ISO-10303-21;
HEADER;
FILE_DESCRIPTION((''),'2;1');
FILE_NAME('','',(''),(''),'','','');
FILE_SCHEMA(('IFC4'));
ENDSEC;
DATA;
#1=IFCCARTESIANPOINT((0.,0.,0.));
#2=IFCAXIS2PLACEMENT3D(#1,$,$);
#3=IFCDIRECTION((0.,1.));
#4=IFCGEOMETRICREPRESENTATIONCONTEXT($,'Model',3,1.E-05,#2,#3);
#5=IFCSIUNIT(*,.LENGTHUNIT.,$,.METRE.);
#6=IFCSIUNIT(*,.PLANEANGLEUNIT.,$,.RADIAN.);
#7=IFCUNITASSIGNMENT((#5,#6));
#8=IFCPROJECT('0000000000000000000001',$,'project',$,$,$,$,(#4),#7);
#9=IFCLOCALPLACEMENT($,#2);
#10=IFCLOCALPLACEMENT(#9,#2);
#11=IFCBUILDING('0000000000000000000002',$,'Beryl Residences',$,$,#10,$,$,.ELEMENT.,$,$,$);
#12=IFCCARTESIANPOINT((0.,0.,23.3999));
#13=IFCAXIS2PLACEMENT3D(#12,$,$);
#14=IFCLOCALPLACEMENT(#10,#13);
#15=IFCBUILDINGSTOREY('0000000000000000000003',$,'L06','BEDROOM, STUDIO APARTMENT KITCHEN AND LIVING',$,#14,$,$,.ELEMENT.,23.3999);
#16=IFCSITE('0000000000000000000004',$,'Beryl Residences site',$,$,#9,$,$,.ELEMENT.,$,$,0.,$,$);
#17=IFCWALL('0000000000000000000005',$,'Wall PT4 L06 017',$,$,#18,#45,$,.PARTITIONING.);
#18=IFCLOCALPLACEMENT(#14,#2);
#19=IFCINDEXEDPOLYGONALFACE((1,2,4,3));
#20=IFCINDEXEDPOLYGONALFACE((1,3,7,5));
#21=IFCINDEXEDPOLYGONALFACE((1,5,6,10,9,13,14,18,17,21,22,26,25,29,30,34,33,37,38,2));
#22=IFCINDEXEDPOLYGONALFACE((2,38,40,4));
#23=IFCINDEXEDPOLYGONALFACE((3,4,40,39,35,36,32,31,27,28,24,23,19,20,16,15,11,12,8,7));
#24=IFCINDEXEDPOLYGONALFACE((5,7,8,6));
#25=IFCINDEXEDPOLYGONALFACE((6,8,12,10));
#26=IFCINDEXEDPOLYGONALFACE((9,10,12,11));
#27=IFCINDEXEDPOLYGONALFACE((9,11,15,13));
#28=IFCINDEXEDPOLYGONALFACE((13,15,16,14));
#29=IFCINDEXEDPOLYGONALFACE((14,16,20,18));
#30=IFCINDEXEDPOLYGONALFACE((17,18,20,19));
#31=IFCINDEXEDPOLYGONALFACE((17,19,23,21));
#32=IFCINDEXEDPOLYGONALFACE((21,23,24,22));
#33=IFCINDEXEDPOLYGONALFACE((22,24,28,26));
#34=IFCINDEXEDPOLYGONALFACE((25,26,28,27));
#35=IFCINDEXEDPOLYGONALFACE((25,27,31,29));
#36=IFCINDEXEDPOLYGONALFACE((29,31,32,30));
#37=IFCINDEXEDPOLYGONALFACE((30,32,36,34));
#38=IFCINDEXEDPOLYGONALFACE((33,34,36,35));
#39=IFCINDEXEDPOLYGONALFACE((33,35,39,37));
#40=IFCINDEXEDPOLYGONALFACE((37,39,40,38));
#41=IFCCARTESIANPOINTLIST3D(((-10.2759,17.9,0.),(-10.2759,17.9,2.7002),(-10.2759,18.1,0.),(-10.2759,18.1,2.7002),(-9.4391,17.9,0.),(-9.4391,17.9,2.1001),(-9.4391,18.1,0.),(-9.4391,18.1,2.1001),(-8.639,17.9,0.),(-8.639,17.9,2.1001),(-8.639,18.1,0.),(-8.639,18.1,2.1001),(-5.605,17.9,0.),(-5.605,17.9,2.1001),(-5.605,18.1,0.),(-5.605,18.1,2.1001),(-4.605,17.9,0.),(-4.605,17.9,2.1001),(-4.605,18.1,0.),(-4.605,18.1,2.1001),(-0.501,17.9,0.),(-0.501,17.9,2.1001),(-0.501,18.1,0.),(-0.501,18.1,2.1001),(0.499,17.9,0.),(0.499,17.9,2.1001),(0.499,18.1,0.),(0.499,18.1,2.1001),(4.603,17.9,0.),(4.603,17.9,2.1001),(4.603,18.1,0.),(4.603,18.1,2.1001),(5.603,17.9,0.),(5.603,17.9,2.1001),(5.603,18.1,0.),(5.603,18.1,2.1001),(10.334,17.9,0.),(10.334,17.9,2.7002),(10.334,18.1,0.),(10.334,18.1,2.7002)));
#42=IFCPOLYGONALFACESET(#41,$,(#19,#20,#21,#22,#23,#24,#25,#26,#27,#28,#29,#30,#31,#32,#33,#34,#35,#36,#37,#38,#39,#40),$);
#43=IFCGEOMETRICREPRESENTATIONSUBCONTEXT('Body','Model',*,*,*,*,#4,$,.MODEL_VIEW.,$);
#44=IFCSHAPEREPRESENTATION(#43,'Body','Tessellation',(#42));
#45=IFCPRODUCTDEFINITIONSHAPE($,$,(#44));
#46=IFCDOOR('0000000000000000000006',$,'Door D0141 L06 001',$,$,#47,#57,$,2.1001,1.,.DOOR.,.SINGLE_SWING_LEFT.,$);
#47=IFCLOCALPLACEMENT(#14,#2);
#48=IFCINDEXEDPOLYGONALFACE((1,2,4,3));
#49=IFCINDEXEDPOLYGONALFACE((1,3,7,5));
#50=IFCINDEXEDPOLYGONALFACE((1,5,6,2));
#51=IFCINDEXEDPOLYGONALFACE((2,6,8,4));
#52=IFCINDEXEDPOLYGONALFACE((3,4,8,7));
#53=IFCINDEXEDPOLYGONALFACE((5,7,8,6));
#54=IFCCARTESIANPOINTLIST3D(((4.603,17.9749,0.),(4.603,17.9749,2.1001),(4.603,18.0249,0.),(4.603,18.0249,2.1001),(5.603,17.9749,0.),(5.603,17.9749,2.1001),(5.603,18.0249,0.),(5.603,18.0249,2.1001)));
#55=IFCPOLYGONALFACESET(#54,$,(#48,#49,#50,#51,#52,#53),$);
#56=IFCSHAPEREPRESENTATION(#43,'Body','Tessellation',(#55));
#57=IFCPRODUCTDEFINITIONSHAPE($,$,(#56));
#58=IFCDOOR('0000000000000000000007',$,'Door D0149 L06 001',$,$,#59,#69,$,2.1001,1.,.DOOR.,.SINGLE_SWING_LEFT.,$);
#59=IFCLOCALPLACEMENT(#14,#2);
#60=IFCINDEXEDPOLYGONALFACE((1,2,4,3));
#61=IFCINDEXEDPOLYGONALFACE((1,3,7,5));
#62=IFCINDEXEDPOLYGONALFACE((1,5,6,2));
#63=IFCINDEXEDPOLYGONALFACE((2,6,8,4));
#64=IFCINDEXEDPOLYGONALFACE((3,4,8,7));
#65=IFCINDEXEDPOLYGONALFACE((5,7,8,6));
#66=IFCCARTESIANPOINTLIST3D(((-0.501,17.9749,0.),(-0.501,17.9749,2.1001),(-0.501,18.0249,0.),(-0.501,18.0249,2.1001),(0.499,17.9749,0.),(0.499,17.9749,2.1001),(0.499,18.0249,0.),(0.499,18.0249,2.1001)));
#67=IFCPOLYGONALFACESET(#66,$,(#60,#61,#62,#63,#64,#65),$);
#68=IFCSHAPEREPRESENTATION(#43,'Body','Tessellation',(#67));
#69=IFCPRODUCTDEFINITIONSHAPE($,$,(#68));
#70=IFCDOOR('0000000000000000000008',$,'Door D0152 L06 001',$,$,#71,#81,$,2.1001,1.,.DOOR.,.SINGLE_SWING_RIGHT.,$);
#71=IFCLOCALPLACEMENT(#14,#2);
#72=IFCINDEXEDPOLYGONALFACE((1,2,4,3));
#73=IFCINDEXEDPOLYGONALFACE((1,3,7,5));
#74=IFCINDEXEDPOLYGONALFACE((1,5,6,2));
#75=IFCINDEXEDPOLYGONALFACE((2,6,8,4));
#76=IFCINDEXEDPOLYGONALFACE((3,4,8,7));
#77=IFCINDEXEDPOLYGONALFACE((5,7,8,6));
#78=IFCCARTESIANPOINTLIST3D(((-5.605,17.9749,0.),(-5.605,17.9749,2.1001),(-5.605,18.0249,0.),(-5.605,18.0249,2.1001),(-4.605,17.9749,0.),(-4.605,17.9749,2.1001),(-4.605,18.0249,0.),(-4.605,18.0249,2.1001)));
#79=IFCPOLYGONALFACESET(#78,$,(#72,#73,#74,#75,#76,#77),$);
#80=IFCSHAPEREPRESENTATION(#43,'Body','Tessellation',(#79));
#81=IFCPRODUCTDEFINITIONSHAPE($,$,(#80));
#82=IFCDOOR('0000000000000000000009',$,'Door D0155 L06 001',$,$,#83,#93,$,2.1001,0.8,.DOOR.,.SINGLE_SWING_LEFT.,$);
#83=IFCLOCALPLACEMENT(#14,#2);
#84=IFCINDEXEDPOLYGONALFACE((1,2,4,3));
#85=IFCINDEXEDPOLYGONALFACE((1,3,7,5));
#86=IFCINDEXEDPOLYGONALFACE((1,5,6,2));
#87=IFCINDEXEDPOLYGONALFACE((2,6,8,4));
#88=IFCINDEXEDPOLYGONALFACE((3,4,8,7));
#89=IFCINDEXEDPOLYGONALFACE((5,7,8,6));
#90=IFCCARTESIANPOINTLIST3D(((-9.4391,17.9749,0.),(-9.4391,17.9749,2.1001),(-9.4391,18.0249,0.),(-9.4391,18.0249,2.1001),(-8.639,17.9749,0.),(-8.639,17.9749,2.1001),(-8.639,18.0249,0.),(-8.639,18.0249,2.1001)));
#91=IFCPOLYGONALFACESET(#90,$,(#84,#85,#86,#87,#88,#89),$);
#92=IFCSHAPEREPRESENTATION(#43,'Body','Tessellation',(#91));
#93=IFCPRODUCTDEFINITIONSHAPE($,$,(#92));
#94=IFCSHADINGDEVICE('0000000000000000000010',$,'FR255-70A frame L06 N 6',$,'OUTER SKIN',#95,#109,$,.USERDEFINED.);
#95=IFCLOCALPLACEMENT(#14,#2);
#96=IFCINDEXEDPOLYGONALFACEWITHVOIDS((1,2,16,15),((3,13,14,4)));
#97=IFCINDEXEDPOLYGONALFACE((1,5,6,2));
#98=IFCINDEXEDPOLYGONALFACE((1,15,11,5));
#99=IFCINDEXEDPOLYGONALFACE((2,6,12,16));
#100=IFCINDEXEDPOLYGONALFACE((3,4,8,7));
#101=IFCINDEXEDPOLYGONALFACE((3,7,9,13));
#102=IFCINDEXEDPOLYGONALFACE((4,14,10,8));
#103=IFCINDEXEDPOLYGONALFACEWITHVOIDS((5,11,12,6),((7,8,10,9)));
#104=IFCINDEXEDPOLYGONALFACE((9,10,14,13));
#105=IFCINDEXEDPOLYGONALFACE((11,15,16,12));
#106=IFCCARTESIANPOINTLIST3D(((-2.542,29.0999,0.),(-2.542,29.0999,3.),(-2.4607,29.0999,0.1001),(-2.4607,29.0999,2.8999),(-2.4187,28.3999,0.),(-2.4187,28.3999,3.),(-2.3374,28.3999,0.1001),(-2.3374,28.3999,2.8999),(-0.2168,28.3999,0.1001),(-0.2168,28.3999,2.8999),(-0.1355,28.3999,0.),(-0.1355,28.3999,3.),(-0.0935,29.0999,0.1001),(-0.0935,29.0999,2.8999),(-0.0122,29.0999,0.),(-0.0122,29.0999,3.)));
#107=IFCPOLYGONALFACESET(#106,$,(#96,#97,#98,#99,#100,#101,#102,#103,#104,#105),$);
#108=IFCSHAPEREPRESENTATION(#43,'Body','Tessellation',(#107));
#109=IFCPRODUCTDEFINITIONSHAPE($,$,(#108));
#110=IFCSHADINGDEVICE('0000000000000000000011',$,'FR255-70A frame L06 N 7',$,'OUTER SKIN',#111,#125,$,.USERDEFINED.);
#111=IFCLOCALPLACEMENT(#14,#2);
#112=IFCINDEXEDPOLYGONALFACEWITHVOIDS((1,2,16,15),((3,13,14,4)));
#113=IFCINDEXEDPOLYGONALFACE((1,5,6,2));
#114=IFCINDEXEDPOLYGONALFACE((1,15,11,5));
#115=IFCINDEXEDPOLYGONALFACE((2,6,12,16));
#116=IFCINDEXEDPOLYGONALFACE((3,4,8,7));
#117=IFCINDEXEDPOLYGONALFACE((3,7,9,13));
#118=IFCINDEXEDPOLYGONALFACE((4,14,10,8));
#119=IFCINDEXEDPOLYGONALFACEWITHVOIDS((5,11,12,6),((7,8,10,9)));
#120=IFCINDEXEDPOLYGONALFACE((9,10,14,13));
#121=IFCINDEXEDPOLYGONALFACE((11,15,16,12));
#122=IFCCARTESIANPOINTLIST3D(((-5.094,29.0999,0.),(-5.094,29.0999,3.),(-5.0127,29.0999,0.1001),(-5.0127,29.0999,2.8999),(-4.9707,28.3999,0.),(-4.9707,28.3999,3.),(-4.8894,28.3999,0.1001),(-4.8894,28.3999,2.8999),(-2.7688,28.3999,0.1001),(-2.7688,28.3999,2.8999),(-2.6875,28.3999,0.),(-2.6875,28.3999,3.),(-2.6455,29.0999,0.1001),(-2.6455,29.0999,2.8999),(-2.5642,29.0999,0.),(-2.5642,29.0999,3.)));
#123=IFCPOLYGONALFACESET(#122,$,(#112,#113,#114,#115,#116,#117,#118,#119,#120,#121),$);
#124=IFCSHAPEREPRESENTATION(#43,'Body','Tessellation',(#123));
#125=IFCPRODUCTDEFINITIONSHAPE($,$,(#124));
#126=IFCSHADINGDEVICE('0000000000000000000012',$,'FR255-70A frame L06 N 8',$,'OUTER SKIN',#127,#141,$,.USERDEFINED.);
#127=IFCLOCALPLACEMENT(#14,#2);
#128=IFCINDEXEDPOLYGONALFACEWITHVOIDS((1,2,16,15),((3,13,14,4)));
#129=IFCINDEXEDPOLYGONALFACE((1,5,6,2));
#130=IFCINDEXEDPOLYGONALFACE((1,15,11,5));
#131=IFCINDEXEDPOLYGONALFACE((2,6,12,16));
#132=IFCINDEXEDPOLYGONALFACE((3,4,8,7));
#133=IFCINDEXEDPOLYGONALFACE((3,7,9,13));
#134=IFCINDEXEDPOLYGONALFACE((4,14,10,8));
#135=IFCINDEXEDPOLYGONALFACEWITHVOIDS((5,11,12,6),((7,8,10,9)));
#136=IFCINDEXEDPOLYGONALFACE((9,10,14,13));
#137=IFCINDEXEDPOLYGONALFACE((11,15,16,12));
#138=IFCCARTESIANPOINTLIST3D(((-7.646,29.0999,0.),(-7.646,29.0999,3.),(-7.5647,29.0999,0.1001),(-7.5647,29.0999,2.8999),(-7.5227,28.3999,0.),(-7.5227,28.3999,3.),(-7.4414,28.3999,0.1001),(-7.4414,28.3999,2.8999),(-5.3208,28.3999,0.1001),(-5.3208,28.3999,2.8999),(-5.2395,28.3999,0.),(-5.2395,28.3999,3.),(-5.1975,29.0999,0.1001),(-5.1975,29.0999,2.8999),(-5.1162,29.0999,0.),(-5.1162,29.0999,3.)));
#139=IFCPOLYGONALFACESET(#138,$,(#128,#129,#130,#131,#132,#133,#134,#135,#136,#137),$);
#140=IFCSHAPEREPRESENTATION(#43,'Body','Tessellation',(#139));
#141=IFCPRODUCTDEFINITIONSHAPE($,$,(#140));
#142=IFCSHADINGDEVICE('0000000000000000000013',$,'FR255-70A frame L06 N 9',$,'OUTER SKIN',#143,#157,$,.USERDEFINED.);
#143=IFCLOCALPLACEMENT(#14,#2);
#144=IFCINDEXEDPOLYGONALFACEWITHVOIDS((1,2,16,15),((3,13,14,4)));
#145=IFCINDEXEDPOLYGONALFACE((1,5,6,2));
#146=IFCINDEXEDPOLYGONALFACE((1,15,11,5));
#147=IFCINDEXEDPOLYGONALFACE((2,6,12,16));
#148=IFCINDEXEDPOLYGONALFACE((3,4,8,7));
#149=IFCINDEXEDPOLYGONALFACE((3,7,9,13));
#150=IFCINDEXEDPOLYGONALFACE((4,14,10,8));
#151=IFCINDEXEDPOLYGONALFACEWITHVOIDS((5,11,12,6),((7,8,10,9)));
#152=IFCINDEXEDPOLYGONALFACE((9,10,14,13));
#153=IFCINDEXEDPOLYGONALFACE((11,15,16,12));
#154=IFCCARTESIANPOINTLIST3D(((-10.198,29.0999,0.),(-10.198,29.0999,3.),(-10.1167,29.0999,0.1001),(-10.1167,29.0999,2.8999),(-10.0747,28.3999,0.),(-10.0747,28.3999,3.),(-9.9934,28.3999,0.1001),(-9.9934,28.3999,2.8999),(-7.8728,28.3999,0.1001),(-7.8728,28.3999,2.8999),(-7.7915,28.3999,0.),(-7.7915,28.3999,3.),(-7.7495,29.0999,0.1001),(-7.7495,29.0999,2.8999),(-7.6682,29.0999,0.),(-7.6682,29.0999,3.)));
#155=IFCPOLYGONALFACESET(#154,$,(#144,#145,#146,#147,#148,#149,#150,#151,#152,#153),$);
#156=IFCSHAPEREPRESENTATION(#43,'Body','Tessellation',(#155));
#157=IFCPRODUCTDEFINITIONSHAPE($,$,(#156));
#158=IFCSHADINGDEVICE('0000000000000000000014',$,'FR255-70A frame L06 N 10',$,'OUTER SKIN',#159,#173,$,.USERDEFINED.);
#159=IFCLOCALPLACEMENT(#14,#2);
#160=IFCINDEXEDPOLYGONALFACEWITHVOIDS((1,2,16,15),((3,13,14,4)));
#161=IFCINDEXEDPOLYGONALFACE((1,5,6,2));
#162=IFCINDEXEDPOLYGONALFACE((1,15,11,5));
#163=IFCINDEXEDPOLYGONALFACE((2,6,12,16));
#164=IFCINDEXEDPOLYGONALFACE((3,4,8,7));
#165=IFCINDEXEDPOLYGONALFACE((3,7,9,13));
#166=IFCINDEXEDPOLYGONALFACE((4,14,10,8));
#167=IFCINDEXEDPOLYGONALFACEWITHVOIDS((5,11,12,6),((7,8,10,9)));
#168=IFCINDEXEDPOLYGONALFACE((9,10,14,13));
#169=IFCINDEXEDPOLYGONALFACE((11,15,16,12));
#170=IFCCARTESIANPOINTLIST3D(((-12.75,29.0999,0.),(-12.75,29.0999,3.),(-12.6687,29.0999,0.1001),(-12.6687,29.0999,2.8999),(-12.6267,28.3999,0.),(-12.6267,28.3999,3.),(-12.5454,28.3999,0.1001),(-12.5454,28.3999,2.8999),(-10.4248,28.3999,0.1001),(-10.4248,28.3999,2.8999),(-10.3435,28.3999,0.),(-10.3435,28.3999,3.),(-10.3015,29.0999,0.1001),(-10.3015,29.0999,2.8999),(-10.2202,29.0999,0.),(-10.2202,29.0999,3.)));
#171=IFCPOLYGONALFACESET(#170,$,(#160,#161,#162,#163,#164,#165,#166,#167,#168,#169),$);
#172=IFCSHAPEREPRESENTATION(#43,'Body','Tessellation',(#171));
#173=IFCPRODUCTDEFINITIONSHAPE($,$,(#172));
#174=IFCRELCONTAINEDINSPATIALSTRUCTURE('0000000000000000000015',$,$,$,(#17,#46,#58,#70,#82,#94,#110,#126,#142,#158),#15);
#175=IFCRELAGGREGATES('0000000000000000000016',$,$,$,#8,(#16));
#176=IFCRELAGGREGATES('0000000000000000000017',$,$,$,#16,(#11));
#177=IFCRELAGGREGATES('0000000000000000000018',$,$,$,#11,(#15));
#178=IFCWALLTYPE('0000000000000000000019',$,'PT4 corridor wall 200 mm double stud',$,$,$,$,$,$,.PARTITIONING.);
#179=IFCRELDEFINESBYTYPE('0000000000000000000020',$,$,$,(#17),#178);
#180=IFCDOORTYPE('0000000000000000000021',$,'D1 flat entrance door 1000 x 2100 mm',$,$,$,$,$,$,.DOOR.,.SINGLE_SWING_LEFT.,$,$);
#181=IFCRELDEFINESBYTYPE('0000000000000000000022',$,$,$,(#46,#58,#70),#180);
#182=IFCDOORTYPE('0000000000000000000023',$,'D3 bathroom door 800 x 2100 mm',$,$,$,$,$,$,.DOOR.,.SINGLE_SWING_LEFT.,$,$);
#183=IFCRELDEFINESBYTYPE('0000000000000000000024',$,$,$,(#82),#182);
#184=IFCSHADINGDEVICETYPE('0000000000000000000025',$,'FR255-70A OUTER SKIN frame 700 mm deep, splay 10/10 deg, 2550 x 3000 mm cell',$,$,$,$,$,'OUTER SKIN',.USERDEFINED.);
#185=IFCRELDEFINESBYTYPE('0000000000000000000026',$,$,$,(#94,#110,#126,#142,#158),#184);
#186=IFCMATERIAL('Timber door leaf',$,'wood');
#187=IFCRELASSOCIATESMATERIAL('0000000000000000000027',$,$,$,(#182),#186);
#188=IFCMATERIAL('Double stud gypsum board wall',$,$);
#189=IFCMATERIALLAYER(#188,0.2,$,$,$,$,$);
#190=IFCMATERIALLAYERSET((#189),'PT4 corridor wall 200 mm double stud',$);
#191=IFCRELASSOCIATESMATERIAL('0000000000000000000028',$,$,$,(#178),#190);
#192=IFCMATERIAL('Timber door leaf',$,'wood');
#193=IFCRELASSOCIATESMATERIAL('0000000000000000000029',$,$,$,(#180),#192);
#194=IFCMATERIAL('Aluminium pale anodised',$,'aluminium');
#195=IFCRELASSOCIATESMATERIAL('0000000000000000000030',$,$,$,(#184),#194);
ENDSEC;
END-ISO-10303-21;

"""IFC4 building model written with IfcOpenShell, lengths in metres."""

from ifc_helpers import new_model, entity, si_unit, direction, frame, frame_2d, origin, place, context, subcontext, project, spatial, rectangle, extrude, source, transform, mapped, material, layer, layer_set, type_object, type_shapes, element, fill, save


model = new_model("IFC4")

# Units and contexts
model_context = context("Model", 3, precision=1e-05, world=origin(), true_north=direction((0.0, 1.0)))
body_context = subcontext(model_context, "Body", "Model", "MODEL_VIEW")
ifc_project = project(units=[si_unit("LENGTHUNIT", "METRE"), si_unit("PLANEANGLEUNIT", "RADIAN")], contexts=[model_context])

# Site, building, storey
site_placement = place(None, origin())
site = spatial("IfcSite", under=ifc_project, at=site_placement, Name="Beryl Residences site", CompositionType="ELEMENT", RefElevation=0.0)
building_placement = place(site_placement, origin())
building = spatial("IfcBuilding", under=site, at=building_placement, Name="Beryl Residences", CompositionType="ELEMENT")
storey_placement = place(building_placement, frame((0.0, 0.0, 23.3999)))
storey = spatial("IfcBuildingStorey", under=building, at=storey_placement, Name="L06", Description="BEDROOM, STUDIO APARTMENT KITCHEN AND LIVING", CompositionType="ELEMENT", Elevation=23.3999)

# Shared definitions
ifc_material_1 = material(Name="Timber door leaf", Category="wood")
door_type_1 = type_object("IfcDoorType", Name="D3 bathroom door 800 x 2100 mm", OperationType="SINGLE_SWING_LEFT", PredefinedType="DOOR", material=ifc_material_1)

# Shared definitions
ifc_material_2 = material(Name="Double stud gypsum board wall")
ifc_layer_1 = layer(ifc_material_2, 0.2)
ifc_layer_set_1 = layer_set([ifc_layer_1], Name="PT4 corridor wall 200 mm double stud")
wall_type_1 = type_object("IfcWallType", Name="PT4 corridor wall 200 mm double stud", PredefinedType="PARTITIONING", material=ifc_layer_set_1)

# Wall, openings, doors
wall_1_placement = place(storey_placement, frame((-10.2759, 18.0, 0.0), z_axis=(0.0, 0.0, 1.0), x_axis=(1.0, 0.0, 0.0)))
wall_1 = element("IfcWall", 1, at=wall_1_placement, inside=storey, type_object=wall_type_1, Name="Wall PT4 L06 017", PredefinedType="PARTITIONING", context=body_context, shape_type="SweptSolid", body=[
    extrude(rectangle(XDim=20.6099, YDim=0.2, at=frame_2d((10.3049, 0.0))), origin(), (0.0, 0.0, 1.0), 2.7002),
])
opening_1_placement = place(wall_1_placement, frame((14.8789, 0.0, 0.0)))
opening_1 = element("IfcOpeningElement", 2, at=opening_1_placement, cuts=wall_1, PredefinedType="OPENING", context=body_context, shape_type="SweptSolid", body=[
    extrude(rectangle(XDim=1.0, YDim=2.1001, at=frame_2d((0.5, 1.05))), frame((0.0, 0.1099, 0.0), z_axis=(0.0, -1.0, 0.0), x_axis=(1.0, 0.0, 0.0)), (0.0, 0.0, 1.0), 0.22),
])
opening_2_placement = place(wall_1_placement, frame((9.7749, 0.0, 0.0)))
opening_2 = element("IfcOpeningElement", 3, at=opening_2_placement, cuts=wall_1, PredefinedType="OPENING", context=body_context, shape_type="SweptSolid", body=[
    extrude(rectangle(XDim=1.0, YDim=2.1001, at=frame_2d((0.5, 1.05))), frame((0.0, 0.1099, 0.0), z_axis=(0.0, -1.0, 0.0), x_axis=(1.0, 0.0, 0.0)), (0.0, 0.0, 1.0), 0.22),
])
opening_3_placement = place(wall_1_placement, frame((4.6709, 0.0, 0.0)))
opening_3 = element("IfcOpeningElement", 4, at=opening_3_placement, cuts=wall_1, PredefinedType="OPENING", context=body_context, shape_type="SweptSolid", body=[
    extrude(rectangle(XDim=1.0, YDim=2.1001, at=frame_2d((0.5, 1.05))), frame((0.0, 0.1099, 0.0), z_axis=(0.0, -1.0, 0.0), x_axis=(1.0, 0.0, 0.0)), (0.0, 0.0, 1.0), 0.22),
])
opening_4_placement = place(wall_1_placement, frame((0.8369, 0.0, 0.0)))
opening_4 = element("IfcOpeningElement", 5, at=opening_4_placement, cuts=wall_1, PredefinedType="OPENING", context=body_context, shape_type="SweptSolid", body=[
    extrude(rectangle(XDim=0.8, YDim=2.1001, at=frame_2d((0.3999, 1.05))), frame((0.0, 0.1099, 0.0), z_axis=(0.0, -1.0, 0.0), x_axis=(1.0, 0.0, 0.0)), (0.0, 0.0, 1.0), 0.22),
])
ifc_material_3 = material(Name="Timber door leaf", Category="wood")
door_type_2 = type_object("IfcDoorType", Name="D1 flat entrance door 1000 x 2100 mm", OperationType="SINGLE_SWING_LEFT", PredefinedType="DOOR", material=ifc_material_3)
door_1_placement = place(opening_1_placement, origin())
door_1 = element("IfcDoor", 6, at=door_1_placement, inside=storey, type_object=door_type_2, Name="Door D0141 L06 001", OperationType="SINGLE_SWING_LEFT", OverallHeight=2.1001, OverallWidth=1.0, PredefinedType="DOOR", context=body_context, shape_type="SweptSolid", body=[
    extrude(rectangle(XDim=1.0, YDim=2.1001, at=frame_2d((0.5, 1.05))), frame((0.0, 0.0249, 0.0), z_axis=(0.0, -1.0, 0.0), x_axis=(1.0, 0.0, 0.0)), (0.0, 0.0, 1.0), 0.05),
])
fill(opening_1, door_1)
door_2_placement = place(opening_2_placement, origin())
door_2 = element("IfcDoor", 7, at=door_2_placement, inside=storey, type_object=door_type_2, Name="Door D0149 L06 001", OperationType="SINGLE_SWING_LEFT", OverallHeight=2.1001, OverallWidth=1.0, PredefinedType="DOOR", context=body_context, shape_type="SweptSolid", body=[
    extrude(rectangle(XDim=1.0, YDim=2.1001, at=frame_2d((0.5, 1.05))), frame((0.0, 0.0249, 0.0), z_axis=(0.0, -1.0, 0.0), x_axis=(1.0, 0.0, 0.0)), (0.0, 0.0, 1.0), 0.05),
])
fill(opening_2, door_2)
door_3_placement = place(opening_3_placement, origin())
door_3 = element("IfcDoor", 8, at=door_3_placement, inside=storey, type_object=door_type_2, Name="Door D0152 L06 001", OperationType="SINGLE_SWING_RIGHT", OverallHeight=2.1001, OverallWidth=1.0, PredefinedType="DOOR", context=body_context, shape_type="SweptSolid", body=[
    extrude(rectangle(XDim=1.0, YDim=2.1001, at=frame_2d((0.5, 1.05))), frame((0.0, 0.0249, 0.0), z_axis=(0.0, -1.0, 0.0), x_axis=(1.0, 0.0, 0.0)), (0.0, 0.0, 1.0), 0.05),
])
fill(opening_3, door_3)
door_4_placement = place(opening_4_placement, origin())
door_4 = element("IfcDoor", 9, at=door_4_placement, inside=storey, type_object=door_type_1, Name="Door D0155 L06 001", OperationType="SINGLE_SWING_LEFT", OverallHeight=2.1001, OverallWidth=0.8, PredefinedType="DOOR", context=body_context, shape_type="SweptSolid", body=[
    extrude(rectangle(XDim=0.8, YDim=2.1001, at=frame_2d((0.3999, 1.05))), frame((0.0, 0.0249, 0.0), z_axis=(0.0, -1.0, 0.0), x_axis=(1.0, 0.0, 0.0)), (0.0, 0.0, 1.0), 0.05),
])
fill(opening_4, door_4)

# Shading devices
ifc_material_4 = material(Name="Aluminium pale anodised", Category="aluminium")
shading_device_type = type_object("IfcShadingDeviceType", Name="FR255-70A OUTER SKIN frame 700 mm deep, splay 10/10 deg, 2550 x 3000 mm cell", ElementType="OUTER SKIN", PredefinedType="USERDEFINED", material=ifc_material_4)
cartesian_point_1 = entity("IfcCartesianPoint", [-1.1416, 0.0])
cartesian_point_2 = entity("IfcCartesianPoint", [-1.0603, 0.1001])
cartesian_point_3 = entity("IfcCartesianPoint", [-1.2649, 0.0])
cartesian_point_4 = entity("IfcCartesianPoint", [-1.1836, 0.1001])
shared_shape_1 = source(origin(), body_context, "Body", "SweptSolid", [
    entity("IfcExtrudedAreaSolidTapered", entity("IfcArbitraryProfileDefWithVoids", "AREA", None, entity("IfcPolyline", [cartesian_point_1, entity("IfcCartesianPoint", [1.1416, 0.0]), entity("IfcCartesianPoint", [1.1416, 3.0]), entity("IfcCartesianPoint", [-1.1416, 3.0]), cartesian_point_1]), [entity("IfcPolyline", [cartesian_point_2, entity("IfcCartesianPoint", [1.0603, 0.1001]), entity("IfcCartesianPoint", [1.0603, 2.8999]), entity("IfcCartesianPoint", [-1.0603, 2.8999]), cartesian_point_2])]), entity("IfcAxis2Placement3D", entity("IfcCartesianPoint", [0.0, 0.0, 0.0]), entity("IfcDirection", [0.0, 1.0, 0.0]), entity("IfcDirection", [-1.0, 0.0, 0.0])), entity("IfcDirection", [0.0, 0.0, 1.0]), 0.7, entity("IfcArbitraryProfileDefWithVoids", "AREA", None, entity("IfcPolyline", [cartesian_point_3, entity("IfcCartesianPoint", [1.2649, 0.0]), entity("IfcCartesianPoint", [1.2649, 3.0]), entity("IfcCartesianPoint", [-1.2649, 3.0]), cartesian_point_3]), [entity("IfcPolyline", [cartesian_point_4, entity("IfcCartesianPoint", [1.1836, 0.1001]), entity("IfcCartesianPoint", [1.1836, 2.8999]), entity("IfcCartesianPoint", [-1.1836, 2.8999]), cartesian_point_4])])),
])
type_shapes(shading_device_type, [shared_shape_1])
for number, where, z_axis, x_axis, name in (
    (10, (-1.2771, 28.3999, 0.0), (0.0, 0.0, 1.0), (1.0, 0.0, 0.0), "FR255-70A frame L06 N 6"),
    (11, (-3.8291, 28.3999, 0.0), (0.0, 0.0, 1.0), (1.0, 0.0, 0.0), "FR255-70A frame L06 N 7"),
    (12, (-6.3811, 28.3999, 0.0), (0.0, 0.0, 1.0), (1.0, 0.0, 0.0), "FR255-70A frame L06 N 8"),
    (13, (-8.9331, 28.3999, 0.0), (0.0, 0.0, 1.0), (1.0, 0.0, 0.0), "FR255-70A frame L06 N 9"),
    (14, (-11.4851, 28.3999, 0.0), (0.0, 0.0, 1.0), (1.0, 0.0, 0.0), "FR255-70A frame L06 N 10"),
):
    element("IfcShadingDevice", number, at=place(storey_placement, frame(where, z_axis=z_axis, x_axis=x_axis)), inside=storey, type_object=shading_device_type, Name=name, ObjectType="OUTER SKIN", PredefinedType="USERDEFINED", context=body_context, shape_type="MappedRepresentation", body=[
        mapped(shared_shape_1, transform((0.0, 0.0, 0.0))),
    ])

save(model, "model.ifc")
